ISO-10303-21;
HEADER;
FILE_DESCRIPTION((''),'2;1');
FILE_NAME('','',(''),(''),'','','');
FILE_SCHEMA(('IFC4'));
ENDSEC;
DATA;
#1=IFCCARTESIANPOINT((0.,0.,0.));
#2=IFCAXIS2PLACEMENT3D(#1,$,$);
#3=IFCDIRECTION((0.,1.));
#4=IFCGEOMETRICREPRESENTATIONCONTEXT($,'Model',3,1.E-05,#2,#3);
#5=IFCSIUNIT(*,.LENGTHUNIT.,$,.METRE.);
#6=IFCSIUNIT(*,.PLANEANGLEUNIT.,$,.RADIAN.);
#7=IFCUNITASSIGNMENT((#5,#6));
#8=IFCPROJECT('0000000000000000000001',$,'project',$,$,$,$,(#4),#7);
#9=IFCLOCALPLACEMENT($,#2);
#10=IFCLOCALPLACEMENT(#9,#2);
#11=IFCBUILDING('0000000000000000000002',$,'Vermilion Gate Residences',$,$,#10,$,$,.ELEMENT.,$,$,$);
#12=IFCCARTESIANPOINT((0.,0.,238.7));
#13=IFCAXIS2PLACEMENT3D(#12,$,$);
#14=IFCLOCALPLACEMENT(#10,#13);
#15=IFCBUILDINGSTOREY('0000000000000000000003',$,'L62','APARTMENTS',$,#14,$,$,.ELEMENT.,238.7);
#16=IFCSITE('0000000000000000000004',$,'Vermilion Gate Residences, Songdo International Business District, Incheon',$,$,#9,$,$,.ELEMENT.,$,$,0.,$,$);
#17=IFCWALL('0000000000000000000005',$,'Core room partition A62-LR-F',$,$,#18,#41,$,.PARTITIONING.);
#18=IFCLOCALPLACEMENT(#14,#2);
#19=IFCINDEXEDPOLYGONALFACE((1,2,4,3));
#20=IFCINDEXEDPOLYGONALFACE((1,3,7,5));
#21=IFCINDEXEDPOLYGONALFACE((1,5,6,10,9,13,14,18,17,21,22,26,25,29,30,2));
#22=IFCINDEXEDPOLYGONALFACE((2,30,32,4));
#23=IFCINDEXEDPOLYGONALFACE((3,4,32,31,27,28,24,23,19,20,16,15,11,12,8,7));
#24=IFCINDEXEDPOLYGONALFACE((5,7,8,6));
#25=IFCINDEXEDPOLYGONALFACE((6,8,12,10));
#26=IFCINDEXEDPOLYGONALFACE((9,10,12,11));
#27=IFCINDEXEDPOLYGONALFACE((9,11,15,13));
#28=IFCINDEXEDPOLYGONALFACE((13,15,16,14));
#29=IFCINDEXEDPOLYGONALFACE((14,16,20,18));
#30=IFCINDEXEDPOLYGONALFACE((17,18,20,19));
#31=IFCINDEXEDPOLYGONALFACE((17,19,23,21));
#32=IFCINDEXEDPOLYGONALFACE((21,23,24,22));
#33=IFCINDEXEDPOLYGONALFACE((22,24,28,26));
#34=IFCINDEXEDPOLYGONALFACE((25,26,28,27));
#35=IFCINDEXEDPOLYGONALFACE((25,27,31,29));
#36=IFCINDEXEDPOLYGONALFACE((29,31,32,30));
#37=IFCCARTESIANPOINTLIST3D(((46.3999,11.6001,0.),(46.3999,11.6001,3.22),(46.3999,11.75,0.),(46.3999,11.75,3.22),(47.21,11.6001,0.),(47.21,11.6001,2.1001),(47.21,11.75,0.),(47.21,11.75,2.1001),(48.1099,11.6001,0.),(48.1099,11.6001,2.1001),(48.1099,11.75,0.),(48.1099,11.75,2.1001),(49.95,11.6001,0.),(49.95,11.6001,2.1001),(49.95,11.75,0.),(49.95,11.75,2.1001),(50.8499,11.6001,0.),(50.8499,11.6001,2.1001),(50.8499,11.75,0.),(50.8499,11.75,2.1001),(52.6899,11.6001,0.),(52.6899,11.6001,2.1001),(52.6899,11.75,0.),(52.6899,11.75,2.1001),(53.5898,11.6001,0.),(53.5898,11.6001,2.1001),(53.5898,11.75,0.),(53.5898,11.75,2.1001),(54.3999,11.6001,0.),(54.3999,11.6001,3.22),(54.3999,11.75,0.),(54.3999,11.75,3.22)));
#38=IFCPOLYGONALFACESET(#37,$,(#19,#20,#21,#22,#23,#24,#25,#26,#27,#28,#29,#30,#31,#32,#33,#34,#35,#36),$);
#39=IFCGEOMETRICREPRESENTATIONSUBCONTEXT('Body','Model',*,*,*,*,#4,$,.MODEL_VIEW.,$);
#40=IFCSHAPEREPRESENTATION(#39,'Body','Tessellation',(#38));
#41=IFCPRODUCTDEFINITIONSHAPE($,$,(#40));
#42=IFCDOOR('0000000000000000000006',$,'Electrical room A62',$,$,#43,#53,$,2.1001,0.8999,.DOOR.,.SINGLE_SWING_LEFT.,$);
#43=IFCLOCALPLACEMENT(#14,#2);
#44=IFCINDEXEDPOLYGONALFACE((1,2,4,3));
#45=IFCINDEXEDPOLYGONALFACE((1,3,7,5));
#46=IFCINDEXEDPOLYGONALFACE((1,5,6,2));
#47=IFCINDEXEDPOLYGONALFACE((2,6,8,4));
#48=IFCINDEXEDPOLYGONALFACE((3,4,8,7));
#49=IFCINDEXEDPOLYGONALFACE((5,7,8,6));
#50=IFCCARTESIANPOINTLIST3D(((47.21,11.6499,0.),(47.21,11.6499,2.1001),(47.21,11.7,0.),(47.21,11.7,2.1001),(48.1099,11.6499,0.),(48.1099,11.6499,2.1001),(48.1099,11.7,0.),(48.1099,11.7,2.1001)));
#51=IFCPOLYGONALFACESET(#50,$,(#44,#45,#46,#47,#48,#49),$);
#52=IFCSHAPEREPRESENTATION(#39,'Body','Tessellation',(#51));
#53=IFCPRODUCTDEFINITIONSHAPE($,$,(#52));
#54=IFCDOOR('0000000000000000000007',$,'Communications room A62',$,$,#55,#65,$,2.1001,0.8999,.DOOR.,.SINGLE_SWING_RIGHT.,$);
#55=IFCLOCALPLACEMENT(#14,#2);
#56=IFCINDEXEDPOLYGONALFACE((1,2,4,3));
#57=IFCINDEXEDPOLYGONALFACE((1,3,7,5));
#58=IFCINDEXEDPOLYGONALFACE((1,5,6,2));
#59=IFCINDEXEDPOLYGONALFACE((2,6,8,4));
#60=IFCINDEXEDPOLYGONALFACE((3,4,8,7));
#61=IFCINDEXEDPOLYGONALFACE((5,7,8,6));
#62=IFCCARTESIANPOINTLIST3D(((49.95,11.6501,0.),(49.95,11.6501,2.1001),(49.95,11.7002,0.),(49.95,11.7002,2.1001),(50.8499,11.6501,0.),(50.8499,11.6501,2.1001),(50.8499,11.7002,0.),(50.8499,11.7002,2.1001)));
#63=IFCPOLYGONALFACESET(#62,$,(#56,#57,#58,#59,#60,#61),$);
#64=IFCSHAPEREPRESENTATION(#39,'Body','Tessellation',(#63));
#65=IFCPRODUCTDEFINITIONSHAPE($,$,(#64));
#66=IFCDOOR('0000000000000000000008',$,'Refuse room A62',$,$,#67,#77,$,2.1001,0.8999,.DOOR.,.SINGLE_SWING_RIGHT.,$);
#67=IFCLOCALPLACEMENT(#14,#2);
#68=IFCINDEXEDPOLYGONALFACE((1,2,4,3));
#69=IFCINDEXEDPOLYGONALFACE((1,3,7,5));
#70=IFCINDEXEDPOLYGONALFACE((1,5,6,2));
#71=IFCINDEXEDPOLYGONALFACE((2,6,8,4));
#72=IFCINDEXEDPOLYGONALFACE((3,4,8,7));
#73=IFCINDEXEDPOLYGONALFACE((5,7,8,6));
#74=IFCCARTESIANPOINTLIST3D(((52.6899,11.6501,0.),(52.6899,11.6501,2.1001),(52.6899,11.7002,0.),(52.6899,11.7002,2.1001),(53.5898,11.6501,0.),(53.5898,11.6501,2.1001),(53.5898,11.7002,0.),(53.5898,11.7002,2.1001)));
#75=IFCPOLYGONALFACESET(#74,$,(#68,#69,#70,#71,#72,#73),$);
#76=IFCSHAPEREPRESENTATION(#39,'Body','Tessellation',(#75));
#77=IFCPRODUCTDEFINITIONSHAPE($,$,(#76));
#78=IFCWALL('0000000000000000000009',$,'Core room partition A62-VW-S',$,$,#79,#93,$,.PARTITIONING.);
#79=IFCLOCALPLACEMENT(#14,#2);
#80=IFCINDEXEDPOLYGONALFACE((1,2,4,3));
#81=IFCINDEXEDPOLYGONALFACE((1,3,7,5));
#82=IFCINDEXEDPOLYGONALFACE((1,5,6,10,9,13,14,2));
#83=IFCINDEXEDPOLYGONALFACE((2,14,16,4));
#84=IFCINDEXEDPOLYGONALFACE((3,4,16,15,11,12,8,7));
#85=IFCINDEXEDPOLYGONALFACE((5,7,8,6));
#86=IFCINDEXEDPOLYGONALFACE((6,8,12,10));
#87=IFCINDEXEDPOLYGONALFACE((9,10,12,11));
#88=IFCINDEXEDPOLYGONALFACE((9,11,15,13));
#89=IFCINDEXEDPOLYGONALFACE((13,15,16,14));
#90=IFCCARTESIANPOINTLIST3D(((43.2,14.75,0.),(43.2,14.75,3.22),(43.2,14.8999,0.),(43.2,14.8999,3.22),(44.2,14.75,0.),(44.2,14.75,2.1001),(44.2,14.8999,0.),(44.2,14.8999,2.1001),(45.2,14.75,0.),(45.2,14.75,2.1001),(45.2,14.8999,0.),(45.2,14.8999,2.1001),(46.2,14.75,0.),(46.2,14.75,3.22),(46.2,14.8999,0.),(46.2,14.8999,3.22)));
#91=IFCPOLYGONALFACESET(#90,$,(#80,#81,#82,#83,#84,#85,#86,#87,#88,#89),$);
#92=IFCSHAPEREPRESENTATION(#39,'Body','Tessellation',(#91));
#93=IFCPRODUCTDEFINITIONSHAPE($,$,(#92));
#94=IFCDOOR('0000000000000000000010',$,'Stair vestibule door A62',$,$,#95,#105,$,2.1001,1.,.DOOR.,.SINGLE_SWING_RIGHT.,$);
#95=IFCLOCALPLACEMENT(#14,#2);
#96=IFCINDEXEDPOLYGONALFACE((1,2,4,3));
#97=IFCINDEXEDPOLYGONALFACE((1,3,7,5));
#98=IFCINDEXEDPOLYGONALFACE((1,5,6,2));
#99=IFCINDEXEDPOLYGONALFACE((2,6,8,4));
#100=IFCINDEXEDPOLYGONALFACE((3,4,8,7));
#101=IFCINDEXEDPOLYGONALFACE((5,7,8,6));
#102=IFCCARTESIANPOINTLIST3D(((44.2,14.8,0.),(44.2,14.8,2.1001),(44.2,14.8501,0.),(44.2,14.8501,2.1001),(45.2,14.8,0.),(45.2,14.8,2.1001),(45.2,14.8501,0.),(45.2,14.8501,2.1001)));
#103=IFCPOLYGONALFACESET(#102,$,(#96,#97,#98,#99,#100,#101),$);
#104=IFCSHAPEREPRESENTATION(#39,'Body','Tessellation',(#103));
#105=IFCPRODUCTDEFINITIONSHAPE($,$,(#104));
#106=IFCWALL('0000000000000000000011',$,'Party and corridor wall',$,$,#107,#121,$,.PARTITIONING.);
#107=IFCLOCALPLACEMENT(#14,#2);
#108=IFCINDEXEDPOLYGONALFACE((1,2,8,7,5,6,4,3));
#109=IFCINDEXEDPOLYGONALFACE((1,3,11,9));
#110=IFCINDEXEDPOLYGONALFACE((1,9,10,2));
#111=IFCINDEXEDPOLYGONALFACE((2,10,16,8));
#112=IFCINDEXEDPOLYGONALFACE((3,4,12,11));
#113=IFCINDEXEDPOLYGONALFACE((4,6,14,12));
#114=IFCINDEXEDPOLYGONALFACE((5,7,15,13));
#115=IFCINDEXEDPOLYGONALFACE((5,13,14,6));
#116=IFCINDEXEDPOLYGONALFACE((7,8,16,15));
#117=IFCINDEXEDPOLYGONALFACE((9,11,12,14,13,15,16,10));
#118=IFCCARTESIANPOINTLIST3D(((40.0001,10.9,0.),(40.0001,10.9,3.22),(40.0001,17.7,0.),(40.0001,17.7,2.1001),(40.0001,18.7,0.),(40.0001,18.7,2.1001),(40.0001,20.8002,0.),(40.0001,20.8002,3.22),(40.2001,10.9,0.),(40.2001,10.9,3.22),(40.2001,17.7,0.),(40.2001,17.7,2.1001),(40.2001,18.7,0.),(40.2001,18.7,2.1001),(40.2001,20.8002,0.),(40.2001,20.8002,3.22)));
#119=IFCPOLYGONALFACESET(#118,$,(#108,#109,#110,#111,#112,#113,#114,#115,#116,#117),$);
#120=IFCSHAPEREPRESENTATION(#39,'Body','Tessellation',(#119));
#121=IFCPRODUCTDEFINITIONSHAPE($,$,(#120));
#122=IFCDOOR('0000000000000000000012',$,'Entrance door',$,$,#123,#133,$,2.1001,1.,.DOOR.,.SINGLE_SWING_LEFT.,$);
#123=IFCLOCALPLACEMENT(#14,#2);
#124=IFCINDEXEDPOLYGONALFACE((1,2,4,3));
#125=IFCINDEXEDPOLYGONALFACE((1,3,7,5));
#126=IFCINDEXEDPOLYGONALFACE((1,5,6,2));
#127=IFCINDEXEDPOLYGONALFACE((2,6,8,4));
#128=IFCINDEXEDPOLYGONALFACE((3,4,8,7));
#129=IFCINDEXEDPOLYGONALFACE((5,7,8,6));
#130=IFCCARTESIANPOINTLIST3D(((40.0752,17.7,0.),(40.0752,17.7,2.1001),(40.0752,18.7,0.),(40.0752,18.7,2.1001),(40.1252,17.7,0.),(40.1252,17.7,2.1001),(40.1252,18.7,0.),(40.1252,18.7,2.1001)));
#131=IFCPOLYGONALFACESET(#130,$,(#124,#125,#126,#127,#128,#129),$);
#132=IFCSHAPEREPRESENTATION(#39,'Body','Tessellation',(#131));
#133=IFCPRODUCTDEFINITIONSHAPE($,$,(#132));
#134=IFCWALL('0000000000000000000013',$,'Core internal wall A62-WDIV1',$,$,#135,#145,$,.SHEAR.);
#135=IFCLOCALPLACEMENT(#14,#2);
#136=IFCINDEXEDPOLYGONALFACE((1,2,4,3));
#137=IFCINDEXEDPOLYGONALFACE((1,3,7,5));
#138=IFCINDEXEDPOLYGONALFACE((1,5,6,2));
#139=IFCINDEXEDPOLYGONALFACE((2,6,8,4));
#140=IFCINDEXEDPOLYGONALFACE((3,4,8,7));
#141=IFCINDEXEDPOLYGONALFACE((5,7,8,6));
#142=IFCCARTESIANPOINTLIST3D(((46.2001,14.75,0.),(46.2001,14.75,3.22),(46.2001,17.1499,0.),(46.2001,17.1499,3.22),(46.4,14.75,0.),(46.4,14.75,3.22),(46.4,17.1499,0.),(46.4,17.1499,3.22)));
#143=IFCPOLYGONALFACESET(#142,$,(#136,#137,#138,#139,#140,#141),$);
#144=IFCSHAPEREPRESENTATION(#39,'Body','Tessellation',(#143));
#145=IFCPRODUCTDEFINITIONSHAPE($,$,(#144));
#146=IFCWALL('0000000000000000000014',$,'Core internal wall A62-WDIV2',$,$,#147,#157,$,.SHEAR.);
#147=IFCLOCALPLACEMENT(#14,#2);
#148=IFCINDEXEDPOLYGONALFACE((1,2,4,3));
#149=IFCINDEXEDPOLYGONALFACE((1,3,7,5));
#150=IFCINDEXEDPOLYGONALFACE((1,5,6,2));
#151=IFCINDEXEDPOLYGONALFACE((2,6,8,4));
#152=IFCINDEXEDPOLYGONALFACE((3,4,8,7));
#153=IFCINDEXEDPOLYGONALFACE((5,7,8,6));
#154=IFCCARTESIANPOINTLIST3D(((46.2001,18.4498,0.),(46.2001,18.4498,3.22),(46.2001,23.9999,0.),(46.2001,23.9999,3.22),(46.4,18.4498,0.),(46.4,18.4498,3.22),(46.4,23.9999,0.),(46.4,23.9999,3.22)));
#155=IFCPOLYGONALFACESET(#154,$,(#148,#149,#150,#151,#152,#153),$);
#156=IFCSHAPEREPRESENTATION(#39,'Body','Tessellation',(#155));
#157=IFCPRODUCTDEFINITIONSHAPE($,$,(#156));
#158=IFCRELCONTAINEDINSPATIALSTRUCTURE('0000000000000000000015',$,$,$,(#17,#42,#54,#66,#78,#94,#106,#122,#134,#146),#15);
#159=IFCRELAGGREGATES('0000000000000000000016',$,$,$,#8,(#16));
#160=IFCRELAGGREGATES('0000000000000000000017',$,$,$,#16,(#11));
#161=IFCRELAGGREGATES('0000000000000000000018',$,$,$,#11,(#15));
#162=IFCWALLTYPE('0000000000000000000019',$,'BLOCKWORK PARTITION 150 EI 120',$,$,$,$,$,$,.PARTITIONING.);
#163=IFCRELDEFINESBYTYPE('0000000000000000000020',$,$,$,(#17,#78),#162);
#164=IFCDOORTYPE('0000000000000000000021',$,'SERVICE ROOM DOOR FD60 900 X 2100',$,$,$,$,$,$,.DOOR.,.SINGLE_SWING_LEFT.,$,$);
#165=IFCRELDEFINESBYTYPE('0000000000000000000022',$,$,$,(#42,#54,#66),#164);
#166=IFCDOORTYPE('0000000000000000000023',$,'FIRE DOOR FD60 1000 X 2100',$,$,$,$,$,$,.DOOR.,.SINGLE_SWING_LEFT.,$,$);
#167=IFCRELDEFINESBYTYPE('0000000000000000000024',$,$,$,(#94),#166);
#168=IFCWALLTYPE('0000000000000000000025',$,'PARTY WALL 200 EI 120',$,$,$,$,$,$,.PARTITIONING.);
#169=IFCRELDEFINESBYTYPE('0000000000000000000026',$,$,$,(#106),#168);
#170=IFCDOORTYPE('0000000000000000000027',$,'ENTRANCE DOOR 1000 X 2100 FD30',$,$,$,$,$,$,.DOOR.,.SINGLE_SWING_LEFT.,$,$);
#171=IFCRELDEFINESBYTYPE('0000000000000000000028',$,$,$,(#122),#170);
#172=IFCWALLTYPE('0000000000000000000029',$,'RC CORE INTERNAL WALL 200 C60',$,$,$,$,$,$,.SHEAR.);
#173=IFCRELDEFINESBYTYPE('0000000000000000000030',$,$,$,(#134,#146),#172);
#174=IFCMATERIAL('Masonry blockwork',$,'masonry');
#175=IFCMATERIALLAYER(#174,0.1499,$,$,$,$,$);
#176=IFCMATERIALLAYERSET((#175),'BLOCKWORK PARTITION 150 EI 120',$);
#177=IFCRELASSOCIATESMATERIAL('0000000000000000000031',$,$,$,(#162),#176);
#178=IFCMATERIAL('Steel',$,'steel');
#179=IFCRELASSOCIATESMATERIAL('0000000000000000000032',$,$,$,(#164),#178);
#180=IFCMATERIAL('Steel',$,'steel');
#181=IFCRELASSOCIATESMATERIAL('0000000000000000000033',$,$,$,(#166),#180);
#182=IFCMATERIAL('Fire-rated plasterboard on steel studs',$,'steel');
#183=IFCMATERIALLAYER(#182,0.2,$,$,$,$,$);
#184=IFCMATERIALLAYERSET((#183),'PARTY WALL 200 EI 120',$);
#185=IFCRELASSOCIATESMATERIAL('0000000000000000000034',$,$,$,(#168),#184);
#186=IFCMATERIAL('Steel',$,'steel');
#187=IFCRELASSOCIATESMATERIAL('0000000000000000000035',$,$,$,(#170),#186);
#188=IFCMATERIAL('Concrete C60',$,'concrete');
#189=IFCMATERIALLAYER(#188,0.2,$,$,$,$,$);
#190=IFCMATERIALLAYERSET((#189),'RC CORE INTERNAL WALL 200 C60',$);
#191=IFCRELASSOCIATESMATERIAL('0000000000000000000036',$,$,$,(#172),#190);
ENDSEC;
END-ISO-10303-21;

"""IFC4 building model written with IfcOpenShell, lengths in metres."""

from ifc_helpers import new_model, si_unit, direction, frame, frame_2d, origin, place, context, subcontext, project, spatial, rectangle, extrude, material, layer, layer_set, type_object, element, fill, save


model = new_model("IFC4")

# Units and contexts
model_context = context("Model", 3, precision=1e-05, world=origin(), true_north=direction((0.0, 1.0)))
body_context = subcontext(model_context, "Body", "Model", "MODEL_VIEW")
ifc_project = project(units=[si_unit("LENGTHUNIT", "METRE"), si_unit("PLANEANGLEUNIT", "RADIAN")], contexts=[model_context])

# Site, building, storey
site_placement = place(None, origin())
site = spatial("IfcSite", under=ifc_project, at=site_placement, Name="Vermilion Gate Residences, Songdo International Business District, Incheon", CompositionType="ELEMENT", RefElevation=0.0)
building_placement = place(site_placement, origin())
building = spatial("IfcBuilding", under=site, at=building_placement, Name="Vermilion Gate Residences", CompositionType="ELEMENT")
storey_placement = place(building_placement, frame((0.0, 0.0, 238.7)))
storey = spatial("IfcBuildingStorey", under=building, at=storey_placement, Name="L62", Description="APARTMENTS", CompositionType="ELEMENT", Elevation=238.7)

# Wall, openings, doors
ifc_material_1 = material(Name="Masonry blockwork", Category="masonry")
ifc_layer_1 = layer(ifc_material_1, 0.1499)
ifc_layer_set_1 = layer_set([ifc_layer_1], Name="BLOCKWORK PARTITION 150 EI 120")
wall_type_1 = type_object("IfcWallType", Name="BLOCKWORK PARTITION 150 EI 120", PredefinedType="PARTITIONING", material=ifc_layer_set_1)
wall_1_placement = place(storey_placement, frame((46.3999, 11.675, 0.0), z_axis=(0.0, 0.0, 1.0), x_axis=(1.0, 0.0, 0.0)))
wall_1 = element("IfcWall", 1, at=wall_1_placement, inside=storey, type_object=wall_type_1, Name="Core room partition A62-LR-F", PredefinedType="PARTITIONING", context=body_context, shape_type="SweptSolid", body=[
    extrude(rectangle(XDim=8.0, YDim=0.1499, at=frame_2d((4.0, 0.0))), origin(), (0.0, 0.0, 1.0), 3.22),
])
opening_1_placement = place(wall_1_placement, frame((0.8101, 0.0, 0.0)))
opening_1 = element("IfcOpeningElement", 2, at=opening_1_placement, cuts=wall_1, PredefinedType="OPENING", context=body_context, shape_type="SweptSolid", body=[
    extrude(rectangle(XDim=0.8999, YDim=2.1001, at=frame_2d((0.45, 1.05))), frame((0.0, 0.085, 0.0), z_axis=(0.0, -1.0, 0.0), x_axis=(1.0, 0.0, 0.0)), (0.0, 0.0, 1.0), 0.1699),
])
opening_2_placement = place(wall_1_placement, frame((3.55, 0.0, 0.0)))
opening_2 = element("IfcOpeningElement", 3, at=opening_2_placement, cuts=wall_1, PredefinedType="OPENING", context=body_context, shape_type="SweptSolid", body=[
    extrude(rectangle(XDim=0.8999, YDim=2.1001, at=frame_2d((0.45, 1.05))), frame((0.0, 0.085, 0.0), z_axis=(0.0, -1.0, 0.0), x_axis=(1.0, 0.0, 0.0)), (0.0, 0.0, 1.0), 0.1699),
])
opening_3_placement = place(wall_1_placement, frame((6.29, 0.0, 0.0)))
opening_3 = element("IfcOpeningElement", 4, at=opening_3_placement, cuts=wall_1, PredefinedType="OPENING", context=body_context, shape_type="SweptSolid", body=[
    extrude(rectangle(XDim=0.8999, YDim=2.1001, at=frame_2d((0.45, 1.05))), frame((0.0, 0.085, 0.0), z_axis=(0.0, -1.0, 0.0), x_axis=(1.0, 0.0, 0.0)), (0.0, 0.0, 1.0), 0.1699),
])
ifc_material_2 = material(Name="Steel", Category="steel")
door_type_1 = type_object("IfcDoorType", Name="SERVICE ROOM DOOR FD60 900 X 2100", OperationType="SINGLE_SWING_LEFT", PredefinedType="DOOR", material=ifc_material_2)
door_1_placement = place(opening_1_placement, origin())
door_1 = element("IfcDoor", 5, at=door_1_placement, inside=storey, type_object=door_type_1, Name="Electrical room A62", OperationType="SINGLE_SWING_LEFT", OverallHeight=2.1001, OverallWidth=0.8999, PredefinedType="DOOR", context=body_context, shape_type="SweptSolid", body=[
    extrude(rectangle(XDim=0.8999, YDim=2.1001, at=frame_2d((0.45, 1.05))), frame((0.0, 0.0249, 0.0), z_axis=(0.0, -1.0, 0.0), x_axis=(1.0, 0.0, 0.0)), (0.0, 0.0, 1.0), 0.05),
])
fill(opening_1, door_1)
door_2_placement = place(opening_2_placement, frame((0.8999, 0.0, 0.0), z_axis=(0.0, 0.0, 1.0), x_axis=(-1.0, 0.0, 0.0)))
door_2 = element("IfcDoor", 6, at=door_2_placement, inside=storey, type_object=door_type_1, Name="Communications room A62", OperationType="SINGLE_SWING_RIGHT", OverallHeight=2.1001, OverallWidth=0.8999, PredefinedType="DOOR", context=body_context, shape_type="SweptSolid", body=[
    extrude(rectangle(XDim=0.8999, YDim=2.1001, at=frame_2d((0.45, 1.05))), frame((0.0, 0.0249, 0.0), z_axis=(0.0, -1.0, 0.0), x_axis=(1.0, 0.0, 0.0)), (0.0, 0.0, 1.0), 0.05),
])
fill(opening_2, door_2)
door_3_placement = place(opening_3_placement, frame((0.8999, 0.0, 0.0), z_axis=(0.0, 0.0, 1.0), x_axis=(-1.0, 0.0, 0.0)))
door_3 = element("IfcDoor", 7, at=door_3_placement, inside=storey, type_object=door_type_1, Name="Refuse room A62", OperationType="SINGLE_SWING_RIGHT", OverallHeight=2.1001, OverallWidth=0.8999, PredefinedType="DOOR", context=body_context, shape_type="SweptSolid", body=[
    extrude(rectangle(XDim=0.8999, YDim=2.1001, at=frame_2d((0.45, 1.05))), frame((0.0, 0.0249, 0.0), z_axis=(0.0, -1.0, 0.0), x_axis=(1.0, 0.0, 0.0)), (0.0, 0.0, 1.0), 0.05),
])
fill(opening_3, door_3)

# Walls, openings, doors
wall_2_placement = place(storey_placement, frame((43.2, 14.825, 0.0), z_axis=(0.0, 0.0, 1.0), x_axis=(1.0, 0.0, 0.0)))
wall_2 = element("IfcWall", 8, at=wall_2_placement, inside=storey, type_object=wall_type_1, Name="Core room partition A62-VW-S", PredefinedType="PARTITIONING", context=body_context, shape_type="SweptSolid", body=[
    extrude(rectangle(XDim=3.0, YDim=0.1499, at=frame_2d((1.5, 0.0))), origin(), (0.0, 0.0, 1.0), 3.22),
])
opening_4_placement = place(wall_2_placement, frame((1.0, 0.0, 0.0)))
opening_4 = element("IfcOpeningElement", 9, at=opening_4_placement, cuts=wall_2, PredefinedType="OPENING", context=body_context, shape_type="SweptSolid", body=[
    extrude(rectangle(XDim=1.0, YDim=2.1001, at=frame_2d((0.5, 1.05))), frame((0.0, 0.085, 0.0), z_axis=(0.0, -1.0, 0.0), x_axis=(1.0, 0.0, 0.0)), (0.0, 0.0, 1.0), 0.1699),
])
ifc_material_3 = material(Name="Steel", Category="steel")
door_type_2 = type_object("IfcDoorType", Name="FIRE DOOR FD60 1000 X 2100", OperationType="SINGLE_SWING_LEFT", PredefinedType="DOOR", material=ifc_material_3)
door_4_placement = place(opening_4_placement, frame((1.0, 0.0, 0.0), z_axis=(0.0, 0.0, 1.0), x_axis=(-1.0, 0.0, 0.0)))
door_4 = element("IfcDoor", 10, at=door_4_placement, inside=storey, type_object=door_type_2, Name="Stair vestibule door A62", OperationType="SINGLE_SWING_RIGHT", OverallHeight=2.1001, OverallWidth=1.0, PredefinedType="DOOR", context=body_context, shape_type="SweptSolid", body=[
    extrude(rectangle(XDim=1.0, YDim=2.1001, at=frame_2d((0.5, 1.05))), frame((0.0, 0.0249, 0.0), z_axis=(0.0, -1.0, 0.0), x_axis=(1.0, 0.0, 0.0)), (0.0, 0.0, 1.0), 0.05),
])
fill(opening_4, door_4)
ifc_material_4 = material(Name="Fire-rated plasterboard on steel studs", Category="steel")
ifc_layer_2 = layer(ifc_material_4, 0.2)
ifc_layer_set_2 = layer_set([ifc_layer_2], Name="PARTY WALL 200 EI 120")
wall_type_2 = type_object("IfcWallType", Name="PARTY WALL 200 EI 120", PredefinedType="PARTITIONING", material=ifc_layer_set_2)
wall_3_placement = place(storey_placement, frame((40.1001, 10.8999, 0.0), z_axis=(0.0, 0.0, 1.0), x_axis=(0.0, 1.0, 0.0)))
wall_3 = element("IfcWall", 11, at=wall_3_placement, inside=storey, type_object=wall_type_2, Name="Party and corridor wall", PredefinedType="PARTITIONING", context=body_context, shape_type="SweptSolid", body=[
    extrude(rectangle(XDim=9.9001, YDim=0.2, at=frame_2d((4.9502, 0.0))), origin(), (0.0, 0.0, 1.0), 3.22),
])
opening_5_placement = place(wall_3_placement, frame((6.8, 0.0, 0.0)))
opening_5 = element("IfcOpeningElement", 12, at=opening_5_placement, cuts=wall_3, PredefinedType="OPENING", context=body_context, shape_type="SweptSolid", body=[
    extrude(rectangle(XDim=1.0, YDim=2.1001, at=frame_2d((0.5, 1.05))), frame((0.0, 0.1099, 0.0), z_axis=(0.0, -1.0, 0.0), x_axis=(1.0, 0.0, 0.0)), (0.0, 0.0, 1.0), 0.22),
])
ifc_material_5 = material(Name="Steel", Category="steel")
door_type_3 = type_object("IfcDoorType", Name="ENTRANCE DOOR 1000 X 2100 FD30", OperationType="SINGLE_SWING_LEFT", PredefinedType="DOOR", material=ifc_material_5)
door_5_placement = place(opening_5_placement, origin())
door_5 = element("IfcDoor", 13, at=door_5_placement, inside=storey, type_object=door_type_3, Name="Entrance door", OperationType="SINGLE_SWING_LEFT", OverallHeight=2.1001, OverallWidth=1.0, PredefinedType="DOOR", context=body_context, shape_type="SweptSolid", body=[
    extrude(rectangle(XDim=1.0, YDim=2.1001, at=frame_2d((0.5, 1.05))), frame((0.0, 0.0249, 0.0), z_axis=(0.0, -1.0, 0.0), x_axis=(1.0, 0.0, 0.0)), (0.0, 0.0, 1.0), 0.05),
])
fill(opening_5, door_5)

# Walls
ifc_material_6 = material(Name="Concrete C60", Category="concrete")
ifc_layer_3 = layer(ifc_material_6, 0.2)
ifc_layer_set_3 = layer_set([ifc_layer_3], Name="RC CORE INTERNAL WALL 200 C60")
wall_type_3 = type_object("IfcWallType", Name="RC CORE INTERNAL WALL 200 C60", PredefinedType="SHEAR", material=ifc_layer_set_3)
wall_4_placement = place(storey_placement, frame((46.3, 14.75, 0.0), z_axis=(0.0, 0.0, 1.0), x_axis=(0.0, 1.0, 0.0)))
element("IfcWall", 14, at=wall_4_placement, inside=storey, type_object=wall_type_3, Name="Core internal wall A62-WDIV1", PredefinedType="SHEAR", context=body_context, shape_type="SweptSolid", body=[
    extrude(rectangle(XDim=2.3999, YDim=0.2, at=frame_2d((1.2, 0.0))), origin(), (0.0, 0.0, 1.0), 3.22),
])
wall_5_placement = place(storey_placement, frame((46.3, 18.45, 0.0), z_axis=(0.0, 0.0, 1.0), x_axis=(0.0, 1.0, 0.0)))
element("IfcWall", 15, at=wall_5_placement, inside=storey, type_object=wall_type_3, Name="Core internal wall A62-WDIV2", PredefinedType="SHEAR", context=body_context, shape_type="SweptSolid", body=[
    extrude(rectangle(XDim=5.55, YDim=0.2, at=frame_2d((2.7749, 0.0))), origin(), (0.0, 0.0, 1.0), 3.22),
])

save(model, "model.ifc")
